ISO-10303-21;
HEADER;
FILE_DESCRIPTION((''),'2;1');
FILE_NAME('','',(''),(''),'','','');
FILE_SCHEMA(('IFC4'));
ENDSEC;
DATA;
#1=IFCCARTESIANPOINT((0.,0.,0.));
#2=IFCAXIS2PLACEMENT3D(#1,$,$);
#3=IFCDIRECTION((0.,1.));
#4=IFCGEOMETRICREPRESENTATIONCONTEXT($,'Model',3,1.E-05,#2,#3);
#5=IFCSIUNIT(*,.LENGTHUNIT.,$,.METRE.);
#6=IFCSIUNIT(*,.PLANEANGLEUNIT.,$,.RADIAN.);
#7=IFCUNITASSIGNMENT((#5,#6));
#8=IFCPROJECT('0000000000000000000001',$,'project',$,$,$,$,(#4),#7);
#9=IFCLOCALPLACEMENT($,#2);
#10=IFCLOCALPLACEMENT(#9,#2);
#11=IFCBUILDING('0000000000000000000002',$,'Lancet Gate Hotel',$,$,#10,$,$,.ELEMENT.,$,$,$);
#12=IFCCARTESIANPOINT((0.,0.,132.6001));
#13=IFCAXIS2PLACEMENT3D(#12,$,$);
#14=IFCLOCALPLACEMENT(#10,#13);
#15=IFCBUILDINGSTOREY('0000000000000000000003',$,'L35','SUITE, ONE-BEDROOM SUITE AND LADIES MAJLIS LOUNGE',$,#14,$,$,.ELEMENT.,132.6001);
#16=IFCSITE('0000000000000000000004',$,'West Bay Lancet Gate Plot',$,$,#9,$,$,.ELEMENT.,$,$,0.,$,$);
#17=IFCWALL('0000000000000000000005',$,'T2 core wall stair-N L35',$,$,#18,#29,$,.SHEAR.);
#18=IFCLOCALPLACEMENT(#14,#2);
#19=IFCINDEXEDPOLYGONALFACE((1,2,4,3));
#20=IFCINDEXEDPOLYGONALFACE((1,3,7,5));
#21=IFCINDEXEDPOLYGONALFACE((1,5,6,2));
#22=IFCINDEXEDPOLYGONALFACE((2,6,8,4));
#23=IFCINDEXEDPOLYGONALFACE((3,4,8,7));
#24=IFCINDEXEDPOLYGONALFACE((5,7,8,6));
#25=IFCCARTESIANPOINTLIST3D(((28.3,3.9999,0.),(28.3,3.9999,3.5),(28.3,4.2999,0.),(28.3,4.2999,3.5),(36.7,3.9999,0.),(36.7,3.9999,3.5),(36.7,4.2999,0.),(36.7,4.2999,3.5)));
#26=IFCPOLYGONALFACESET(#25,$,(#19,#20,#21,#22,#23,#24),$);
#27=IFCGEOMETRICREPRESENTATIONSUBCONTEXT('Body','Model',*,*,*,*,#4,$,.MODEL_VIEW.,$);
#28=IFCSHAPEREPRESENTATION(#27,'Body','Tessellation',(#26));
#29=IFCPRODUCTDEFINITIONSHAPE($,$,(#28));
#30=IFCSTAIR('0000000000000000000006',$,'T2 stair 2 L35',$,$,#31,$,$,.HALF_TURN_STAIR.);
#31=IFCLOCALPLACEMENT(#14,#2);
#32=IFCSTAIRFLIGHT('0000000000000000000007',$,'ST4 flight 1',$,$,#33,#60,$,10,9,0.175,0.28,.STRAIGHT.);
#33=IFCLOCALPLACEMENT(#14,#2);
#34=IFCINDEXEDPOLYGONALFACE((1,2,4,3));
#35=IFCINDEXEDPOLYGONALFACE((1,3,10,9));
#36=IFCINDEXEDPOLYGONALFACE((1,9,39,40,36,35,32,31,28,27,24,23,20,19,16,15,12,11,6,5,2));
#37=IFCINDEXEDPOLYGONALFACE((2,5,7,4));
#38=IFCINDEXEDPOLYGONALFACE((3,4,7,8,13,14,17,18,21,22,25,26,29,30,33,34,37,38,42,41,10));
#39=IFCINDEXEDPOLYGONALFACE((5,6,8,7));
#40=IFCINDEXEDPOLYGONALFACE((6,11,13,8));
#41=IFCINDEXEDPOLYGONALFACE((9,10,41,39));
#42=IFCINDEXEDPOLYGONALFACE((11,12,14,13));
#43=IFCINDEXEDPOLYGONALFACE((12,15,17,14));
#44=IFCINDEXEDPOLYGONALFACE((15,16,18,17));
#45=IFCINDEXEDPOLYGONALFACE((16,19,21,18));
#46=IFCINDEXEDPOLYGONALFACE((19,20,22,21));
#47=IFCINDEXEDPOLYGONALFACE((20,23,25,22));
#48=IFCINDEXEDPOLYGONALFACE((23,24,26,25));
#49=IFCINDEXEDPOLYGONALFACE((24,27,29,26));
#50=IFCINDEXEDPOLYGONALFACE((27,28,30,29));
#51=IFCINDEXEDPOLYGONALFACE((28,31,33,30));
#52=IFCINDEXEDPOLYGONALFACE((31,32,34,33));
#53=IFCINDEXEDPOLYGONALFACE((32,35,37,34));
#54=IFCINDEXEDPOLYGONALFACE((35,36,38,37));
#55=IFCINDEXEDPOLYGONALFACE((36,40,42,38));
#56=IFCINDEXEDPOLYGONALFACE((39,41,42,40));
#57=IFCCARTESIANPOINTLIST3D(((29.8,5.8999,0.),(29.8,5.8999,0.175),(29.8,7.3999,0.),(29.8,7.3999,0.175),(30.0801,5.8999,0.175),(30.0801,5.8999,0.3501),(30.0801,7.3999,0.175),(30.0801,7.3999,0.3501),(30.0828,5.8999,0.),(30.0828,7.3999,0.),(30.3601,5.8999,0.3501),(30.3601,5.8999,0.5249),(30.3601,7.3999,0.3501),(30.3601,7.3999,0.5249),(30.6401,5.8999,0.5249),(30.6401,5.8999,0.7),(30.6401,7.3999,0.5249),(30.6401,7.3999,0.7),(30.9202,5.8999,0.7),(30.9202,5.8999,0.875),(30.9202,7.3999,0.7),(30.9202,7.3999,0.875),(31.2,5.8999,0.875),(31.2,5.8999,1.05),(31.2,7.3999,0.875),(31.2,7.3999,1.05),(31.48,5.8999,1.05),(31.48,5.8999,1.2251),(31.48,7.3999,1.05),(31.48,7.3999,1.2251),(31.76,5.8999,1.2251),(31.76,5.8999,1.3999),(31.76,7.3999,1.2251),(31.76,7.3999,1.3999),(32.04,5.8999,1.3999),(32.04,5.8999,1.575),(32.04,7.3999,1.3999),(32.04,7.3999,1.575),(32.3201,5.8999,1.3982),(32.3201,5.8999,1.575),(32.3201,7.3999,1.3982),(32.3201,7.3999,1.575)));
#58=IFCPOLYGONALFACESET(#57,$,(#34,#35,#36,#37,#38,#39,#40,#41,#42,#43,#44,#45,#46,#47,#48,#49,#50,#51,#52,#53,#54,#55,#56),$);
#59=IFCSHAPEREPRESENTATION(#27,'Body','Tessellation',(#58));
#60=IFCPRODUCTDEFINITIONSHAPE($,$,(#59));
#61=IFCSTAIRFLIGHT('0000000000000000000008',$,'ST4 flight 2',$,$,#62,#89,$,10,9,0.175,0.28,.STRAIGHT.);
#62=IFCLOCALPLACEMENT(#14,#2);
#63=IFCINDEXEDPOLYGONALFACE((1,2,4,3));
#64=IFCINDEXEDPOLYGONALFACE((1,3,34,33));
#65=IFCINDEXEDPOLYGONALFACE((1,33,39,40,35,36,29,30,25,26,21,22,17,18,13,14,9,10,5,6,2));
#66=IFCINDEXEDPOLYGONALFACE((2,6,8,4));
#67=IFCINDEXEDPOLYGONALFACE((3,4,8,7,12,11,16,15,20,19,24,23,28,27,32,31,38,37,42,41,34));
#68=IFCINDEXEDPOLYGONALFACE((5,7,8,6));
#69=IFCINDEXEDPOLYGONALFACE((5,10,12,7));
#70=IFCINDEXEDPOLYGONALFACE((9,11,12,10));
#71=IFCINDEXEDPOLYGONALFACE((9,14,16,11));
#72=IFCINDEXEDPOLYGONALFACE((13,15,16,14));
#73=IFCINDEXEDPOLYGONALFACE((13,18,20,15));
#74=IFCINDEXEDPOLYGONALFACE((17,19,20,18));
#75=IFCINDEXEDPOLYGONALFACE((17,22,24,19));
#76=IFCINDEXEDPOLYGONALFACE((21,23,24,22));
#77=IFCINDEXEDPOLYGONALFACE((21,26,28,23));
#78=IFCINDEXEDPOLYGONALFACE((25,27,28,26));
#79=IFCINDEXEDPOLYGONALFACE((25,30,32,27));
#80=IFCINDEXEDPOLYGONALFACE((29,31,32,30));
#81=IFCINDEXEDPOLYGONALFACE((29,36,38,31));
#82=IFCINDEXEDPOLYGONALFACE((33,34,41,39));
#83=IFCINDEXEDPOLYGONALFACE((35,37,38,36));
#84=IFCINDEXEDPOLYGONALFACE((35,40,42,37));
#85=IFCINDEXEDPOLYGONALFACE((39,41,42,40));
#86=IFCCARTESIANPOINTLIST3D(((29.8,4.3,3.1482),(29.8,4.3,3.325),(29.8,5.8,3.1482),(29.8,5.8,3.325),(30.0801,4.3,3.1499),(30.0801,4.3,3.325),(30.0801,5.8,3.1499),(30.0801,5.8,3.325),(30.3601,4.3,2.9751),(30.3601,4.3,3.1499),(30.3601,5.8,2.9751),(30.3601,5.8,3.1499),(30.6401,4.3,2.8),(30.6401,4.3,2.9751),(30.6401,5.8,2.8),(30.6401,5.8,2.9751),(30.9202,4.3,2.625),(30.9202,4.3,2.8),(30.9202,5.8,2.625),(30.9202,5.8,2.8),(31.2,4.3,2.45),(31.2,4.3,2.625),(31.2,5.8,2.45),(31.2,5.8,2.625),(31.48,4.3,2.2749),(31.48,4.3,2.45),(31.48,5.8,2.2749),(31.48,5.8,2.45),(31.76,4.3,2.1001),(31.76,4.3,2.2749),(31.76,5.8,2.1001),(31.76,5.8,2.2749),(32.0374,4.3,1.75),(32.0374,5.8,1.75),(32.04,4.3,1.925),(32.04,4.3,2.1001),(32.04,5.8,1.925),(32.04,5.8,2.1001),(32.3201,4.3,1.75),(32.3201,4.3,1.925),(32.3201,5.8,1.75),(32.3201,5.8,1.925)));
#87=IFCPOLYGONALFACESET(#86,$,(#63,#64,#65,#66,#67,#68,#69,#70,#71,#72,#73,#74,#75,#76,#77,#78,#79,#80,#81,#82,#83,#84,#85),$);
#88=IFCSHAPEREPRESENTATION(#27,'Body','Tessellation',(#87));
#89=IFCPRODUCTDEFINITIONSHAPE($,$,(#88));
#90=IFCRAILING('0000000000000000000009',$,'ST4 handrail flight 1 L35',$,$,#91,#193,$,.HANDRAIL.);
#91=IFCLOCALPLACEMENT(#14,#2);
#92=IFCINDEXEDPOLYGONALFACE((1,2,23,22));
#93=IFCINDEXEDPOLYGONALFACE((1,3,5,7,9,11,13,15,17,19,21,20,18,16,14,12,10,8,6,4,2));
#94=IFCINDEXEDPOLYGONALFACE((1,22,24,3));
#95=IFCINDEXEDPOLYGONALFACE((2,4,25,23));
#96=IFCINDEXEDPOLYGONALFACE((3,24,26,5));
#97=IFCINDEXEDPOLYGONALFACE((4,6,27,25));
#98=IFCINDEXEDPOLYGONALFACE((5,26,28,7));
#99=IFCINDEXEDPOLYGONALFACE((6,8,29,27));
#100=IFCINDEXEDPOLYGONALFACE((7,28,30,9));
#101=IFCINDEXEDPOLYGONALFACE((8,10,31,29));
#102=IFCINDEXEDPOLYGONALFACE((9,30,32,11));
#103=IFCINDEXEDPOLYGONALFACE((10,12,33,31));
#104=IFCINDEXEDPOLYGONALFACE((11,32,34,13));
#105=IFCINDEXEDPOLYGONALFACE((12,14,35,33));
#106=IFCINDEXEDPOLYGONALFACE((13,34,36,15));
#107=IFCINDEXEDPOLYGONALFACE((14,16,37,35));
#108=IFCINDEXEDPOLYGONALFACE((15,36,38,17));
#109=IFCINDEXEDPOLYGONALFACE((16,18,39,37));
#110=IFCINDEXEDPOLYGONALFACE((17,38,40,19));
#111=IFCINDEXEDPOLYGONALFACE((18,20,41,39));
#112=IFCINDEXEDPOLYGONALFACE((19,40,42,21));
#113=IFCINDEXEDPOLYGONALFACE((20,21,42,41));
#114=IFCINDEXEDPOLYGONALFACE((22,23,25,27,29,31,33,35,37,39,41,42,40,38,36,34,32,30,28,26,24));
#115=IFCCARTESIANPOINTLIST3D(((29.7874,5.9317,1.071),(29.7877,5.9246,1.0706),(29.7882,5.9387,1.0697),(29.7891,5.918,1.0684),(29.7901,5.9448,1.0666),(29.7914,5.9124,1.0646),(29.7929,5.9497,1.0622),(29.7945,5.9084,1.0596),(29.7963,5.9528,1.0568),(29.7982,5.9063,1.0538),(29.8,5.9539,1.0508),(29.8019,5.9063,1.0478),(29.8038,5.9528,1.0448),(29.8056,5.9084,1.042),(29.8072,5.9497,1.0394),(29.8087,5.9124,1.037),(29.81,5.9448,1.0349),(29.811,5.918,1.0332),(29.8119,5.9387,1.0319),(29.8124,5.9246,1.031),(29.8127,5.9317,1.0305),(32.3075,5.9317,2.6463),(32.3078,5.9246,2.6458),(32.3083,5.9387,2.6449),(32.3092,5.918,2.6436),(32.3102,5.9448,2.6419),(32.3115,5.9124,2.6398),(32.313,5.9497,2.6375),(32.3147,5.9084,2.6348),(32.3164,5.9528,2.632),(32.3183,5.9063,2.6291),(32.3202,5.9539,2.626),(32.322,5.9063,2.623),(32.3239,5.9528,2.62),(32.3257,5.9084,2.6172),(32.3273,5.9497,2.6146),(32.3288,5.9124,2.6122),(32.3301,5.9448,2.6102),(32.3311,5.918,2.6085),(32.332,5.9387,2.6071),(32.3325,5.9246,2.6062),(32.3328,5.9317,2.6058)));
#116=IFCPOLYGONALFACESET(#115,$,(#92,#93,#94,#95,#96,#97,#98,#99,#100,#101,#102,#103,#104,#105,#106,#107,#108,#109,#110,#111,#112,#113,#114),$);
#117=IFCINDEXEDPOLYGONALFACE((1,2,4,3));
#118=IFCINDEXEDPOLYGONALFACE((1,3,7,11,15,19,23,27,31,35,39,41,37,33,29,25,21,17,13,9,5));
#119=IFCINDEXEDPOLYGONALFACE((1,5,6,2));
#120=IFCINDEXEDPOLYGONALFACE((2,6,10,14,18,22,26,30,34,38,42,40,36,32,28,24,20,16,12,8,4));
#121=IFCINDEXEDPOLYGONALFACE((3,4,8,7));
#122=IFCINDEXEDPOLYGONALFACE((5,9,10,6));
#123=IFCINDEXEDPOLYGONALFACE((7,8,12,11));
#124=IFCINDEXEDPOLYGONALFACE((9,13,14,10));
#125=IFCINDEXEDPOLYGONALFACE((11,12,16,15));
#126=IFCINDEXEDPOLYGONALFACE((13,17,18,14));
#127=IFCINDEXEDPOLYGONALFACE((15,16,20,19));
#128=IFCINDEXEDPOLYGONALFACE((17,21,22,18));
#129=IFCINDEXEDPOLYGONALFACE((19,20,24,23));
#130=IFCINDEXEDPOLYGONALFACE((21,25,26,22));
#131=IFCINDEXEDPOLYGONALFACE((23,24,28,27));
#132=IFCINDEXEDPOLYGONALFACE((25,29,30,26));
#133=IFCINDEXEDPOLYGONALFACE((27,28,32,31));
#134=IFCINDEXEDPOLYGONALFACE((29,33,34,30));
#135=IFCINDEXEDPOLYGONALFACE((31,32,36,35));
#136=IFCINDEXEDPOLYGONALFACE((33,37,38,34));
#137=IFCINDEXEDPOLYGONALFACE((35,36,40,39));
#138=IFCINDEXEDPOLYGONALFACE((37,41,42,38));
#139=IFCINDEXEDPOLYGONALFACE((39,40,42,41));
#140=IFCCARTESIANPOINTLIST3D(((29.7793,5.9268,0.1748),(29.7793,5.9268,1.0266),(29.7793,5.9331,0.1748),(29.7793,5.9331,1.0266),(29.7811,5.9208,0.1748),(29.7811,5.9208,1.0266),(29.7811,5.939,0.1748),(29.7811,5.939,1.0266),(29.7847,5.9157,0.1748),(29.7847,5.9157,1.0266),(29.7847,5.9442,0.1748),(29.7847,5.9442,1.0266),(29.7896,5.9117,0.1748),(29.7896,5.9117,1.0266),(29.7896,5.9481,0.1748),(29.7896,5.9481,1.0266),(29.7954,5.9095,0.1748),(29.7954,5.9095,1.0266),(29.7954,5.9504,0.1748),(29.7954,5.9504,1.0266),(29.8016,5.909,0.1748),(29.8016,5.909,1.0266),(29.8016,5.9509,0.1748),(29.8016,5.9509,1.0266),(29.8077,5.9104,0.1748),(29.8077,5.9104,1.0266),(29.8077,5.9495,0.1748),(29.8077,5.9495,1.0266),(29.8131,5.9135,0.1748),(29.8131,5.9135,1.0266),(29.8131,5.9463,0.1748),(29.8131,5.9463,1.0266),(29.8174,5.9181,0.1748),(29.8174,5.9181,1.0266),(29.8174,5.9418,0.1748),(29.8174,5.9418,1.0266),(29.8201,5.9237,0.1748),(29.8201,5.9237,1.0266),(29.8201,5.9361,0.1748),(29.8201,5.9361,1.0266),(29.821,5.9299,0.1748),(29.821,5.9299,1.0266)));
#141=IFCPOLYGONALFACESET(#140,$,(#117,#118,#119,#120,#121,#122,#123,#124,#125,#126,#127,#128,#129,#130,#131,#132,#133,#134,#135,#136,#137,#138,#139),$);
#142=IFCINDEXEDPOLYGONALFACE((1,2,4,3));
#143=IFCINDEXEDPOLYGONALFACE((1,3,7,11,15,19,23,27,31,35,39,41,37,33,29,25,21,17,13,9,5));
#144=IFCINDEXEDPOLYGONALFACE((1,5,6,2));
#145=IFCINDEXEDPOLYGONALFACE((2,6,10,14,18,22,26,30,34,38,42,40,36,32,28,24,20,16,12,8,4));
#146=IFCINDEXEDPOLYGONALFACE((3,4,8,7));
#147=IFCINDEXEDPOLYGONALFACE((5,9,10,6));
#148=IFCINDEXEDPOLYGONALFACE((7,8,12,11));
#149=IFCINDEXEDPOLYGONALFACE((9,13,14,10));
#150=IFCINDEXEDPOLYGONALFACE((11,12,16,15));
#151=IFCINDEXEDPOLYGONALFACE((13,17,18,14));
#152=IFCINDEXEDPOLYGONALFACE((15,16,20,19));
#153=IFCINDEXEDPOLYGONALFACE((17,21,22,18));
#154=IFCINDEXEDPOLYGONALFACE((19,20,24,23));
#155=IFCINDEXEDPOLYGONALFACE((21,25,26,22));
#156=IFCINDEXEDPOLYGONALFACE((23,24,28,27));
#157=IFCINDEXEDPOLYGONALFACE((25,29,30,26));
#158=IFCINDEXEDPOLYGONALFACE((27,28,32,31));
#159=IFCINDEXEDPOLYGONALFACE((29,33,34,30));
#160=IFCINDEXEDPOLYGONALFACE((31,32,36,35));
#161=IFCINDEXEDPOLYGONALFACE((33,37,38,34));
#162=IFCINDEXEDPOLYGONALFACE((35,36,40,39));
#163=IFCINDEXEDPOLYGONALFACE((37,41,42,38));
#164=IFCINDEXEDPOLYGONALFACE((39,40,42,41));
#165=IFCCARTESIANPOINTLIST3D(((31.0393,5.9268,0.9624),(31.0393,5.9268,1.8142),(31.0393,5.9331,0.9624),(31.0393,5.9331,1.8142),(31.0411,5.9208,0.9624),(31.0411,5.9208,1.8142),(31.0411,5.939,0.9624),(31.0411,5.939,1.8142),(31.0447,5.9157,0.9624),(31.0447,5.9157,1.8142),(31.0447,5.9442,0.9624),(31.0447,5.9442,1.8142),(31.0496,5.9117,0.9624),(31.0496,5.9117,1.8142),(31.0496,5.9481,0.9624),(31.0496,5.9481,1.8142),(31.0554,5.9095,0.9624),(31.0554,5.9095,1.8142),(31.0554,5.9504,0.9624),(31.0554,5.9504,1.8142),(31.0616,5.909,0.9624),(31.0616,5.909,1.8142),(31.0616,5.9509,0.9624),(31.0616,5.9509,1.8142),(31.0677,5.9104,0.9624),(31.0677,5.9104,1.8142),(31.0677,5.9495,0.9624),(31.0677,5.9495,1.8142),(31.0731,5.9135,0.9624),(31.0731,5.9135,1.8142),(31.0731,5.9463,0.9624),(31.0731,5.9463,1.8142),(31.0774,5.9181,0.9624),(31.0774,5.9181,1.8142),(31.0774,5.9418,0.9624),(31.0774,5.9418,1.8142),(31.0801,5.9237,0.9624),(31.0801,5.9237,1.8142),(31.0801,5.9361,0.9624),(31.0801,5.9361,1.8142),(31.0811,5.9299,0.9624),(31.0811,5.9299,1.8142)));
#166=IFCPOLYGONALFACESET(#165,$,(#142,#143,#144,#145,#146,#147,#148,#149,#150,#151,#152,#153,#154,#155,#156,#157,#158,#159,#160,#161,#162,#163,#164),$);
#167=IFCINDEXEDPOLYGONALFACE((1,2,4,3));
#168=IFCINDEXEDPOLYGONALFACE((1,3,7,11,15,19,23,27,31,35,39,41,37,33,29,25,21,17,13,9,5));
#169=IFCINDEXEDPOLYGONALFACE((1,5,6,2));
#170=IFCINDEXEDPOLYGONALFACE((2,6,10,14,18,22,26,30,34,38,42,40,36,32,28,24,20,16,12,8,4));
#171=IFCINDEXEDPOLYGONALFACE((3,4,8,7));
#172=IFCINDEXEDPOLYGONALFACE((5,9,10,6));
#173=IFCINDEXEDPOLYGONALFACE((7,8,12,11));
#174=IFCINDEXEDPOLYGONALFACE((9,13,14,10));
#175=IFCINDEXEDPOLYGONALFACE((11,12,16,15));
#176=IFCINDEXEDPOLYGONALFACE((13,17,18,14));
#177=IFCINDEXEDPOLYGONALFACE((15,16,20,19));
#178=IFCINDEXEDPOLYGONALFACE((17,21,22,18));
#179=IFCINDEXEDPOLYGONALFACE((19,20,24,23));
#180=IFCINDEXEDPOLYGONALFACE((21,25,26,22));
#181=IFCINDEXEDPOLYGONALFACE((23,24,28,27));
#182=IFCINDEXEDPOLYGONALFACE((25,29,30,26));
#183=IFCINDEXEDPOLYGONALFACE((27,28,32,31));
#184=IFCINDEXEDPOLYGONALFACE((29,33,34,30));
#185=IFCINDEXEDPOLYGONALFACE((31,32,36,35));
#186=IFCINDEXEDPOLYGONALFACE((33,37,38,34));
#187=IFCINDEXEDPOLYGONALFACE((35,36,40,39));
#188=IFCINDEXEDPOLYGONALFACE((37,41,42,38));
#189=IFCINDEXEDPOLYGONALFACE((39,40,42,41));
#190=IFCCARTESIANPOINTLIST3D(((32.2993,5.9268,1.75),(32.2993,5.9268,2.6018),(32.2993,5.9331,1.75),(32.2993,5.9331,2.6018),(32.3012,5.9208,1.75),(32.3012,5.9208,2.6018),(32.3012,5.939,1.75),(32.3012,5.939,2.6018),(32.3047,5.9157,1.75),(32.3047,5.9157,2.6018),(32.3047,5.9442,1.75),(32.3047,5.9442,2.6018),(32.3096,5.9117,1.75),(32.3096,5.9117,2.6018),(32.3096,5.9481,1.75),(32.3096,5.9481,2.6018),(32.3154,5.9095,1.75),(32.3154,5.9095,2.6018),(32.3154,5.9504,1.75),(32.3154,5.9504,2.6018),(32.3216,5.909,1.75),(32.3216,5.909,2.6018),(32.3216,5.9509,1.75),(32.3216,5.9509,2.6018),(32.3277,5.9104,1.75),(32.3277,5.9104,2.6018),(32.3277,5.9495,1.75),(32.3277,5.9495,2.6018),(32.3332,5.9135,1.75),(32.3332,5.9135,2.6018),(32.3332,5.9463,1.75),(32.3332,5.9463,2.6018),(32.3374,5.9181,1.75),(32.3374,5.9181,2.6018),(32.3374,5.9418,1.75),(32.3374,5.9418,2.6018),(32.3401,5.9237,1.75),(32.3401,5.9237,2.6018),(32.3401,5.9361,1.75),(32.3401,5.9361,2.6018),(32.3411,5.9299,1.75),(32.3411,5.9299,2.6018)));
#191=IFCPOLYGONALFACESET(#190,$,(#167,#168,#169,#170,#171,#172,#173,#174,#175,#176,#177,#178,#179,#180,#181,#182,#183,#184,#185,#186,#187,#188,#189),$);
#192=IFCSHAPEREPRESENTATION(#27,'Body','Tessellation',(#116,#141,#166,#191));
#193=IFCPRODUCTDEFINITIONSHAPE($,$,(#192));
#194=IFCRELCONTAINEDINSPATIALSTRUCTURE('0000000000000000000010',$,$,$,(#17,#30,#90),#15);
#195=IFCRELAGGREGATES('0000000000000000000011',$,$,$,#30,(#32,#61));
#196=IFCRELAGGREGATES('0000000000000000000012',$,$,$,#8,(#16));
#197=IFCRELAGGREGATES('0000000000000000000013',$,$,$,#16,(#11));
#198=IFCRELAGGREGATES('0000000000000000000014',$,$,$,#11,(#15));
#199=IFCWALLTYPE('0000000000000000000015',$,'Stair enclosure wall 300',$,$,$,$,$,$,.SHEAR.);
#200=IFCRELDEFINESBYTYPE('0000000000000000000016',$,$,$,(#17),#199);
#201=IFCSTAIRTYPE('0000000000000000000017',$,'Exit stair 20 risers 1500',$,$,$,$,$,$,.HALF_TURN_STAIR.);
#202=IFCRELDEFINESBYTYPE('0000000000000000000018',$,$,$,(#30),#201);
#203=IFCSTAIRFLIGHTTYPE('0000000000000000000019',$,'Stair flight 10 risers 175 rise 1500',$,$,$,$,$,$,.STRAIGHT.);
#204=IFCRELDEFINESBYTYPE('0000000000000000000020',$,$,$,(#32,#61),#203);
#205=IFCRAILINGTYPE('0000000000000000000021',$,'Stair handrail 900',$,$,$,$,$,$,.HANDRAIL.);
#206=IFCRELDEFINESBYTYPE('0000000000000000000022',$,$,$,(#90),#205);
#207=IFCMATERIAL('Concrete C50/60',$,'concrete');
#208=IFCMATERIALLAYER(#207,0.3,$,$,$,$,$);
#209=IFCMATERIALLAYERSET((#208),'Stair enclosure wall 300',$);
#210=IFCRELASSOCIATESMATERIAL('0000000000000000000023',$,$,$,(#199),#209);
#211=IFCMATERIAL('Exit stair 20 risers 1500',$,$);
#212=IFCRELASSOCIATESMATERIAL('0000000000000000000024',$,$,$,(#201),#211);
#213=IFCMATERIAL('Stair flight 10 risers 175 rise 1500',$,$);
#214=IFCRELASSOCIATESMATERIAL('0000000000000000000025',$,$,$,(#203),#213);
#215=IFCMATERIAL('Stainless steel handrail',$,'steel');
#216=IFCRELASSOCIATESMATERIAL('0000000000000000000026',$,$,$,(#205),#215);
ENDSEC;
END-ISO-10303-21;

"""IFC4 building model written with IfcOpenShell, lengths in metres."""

from ifc_helpers import new_model, si_unit, direction, frame, frame_2d, origin, origin_2d, place, context, subcontext, project, spatial, polyline, rectangle, circle, outline, extrude, material, layer, layer_set, type_object, element, aggregate, save


model = new_model("IFC4")

# Units and contexts
model_context = context("Model", 3, precision=1e-05, world=origin(), true_north=direction((0.0, 1.0)))
body_context = subcontext(model_context, "Body", "Model", "MODEL_VIEW")
ifc_project = project(units=[si_unit("LENGTHUNIT", "METRE"), si_unit("PLANEANGLEUNIT", "RADIAN")], contexts=[model_context])

# Site, building, storey
site_placement = place(None, origin())
site = spatial("IfcSite", under=ifc_project, at=site_placement, Name="West Bay Lancet Gate Plot", CompositionType="ELEMENT", RefElevation=0.0)
building_placement = place(site_placement, origin())
building = spatial("IfcBuilding", under=site, at=building_placement, Name="Lancet Gate Hotel", CompositionType="ELEMENT")
storey_placement = place(building_placement, frame((0.0, 0.0, 132.6001)))
storey = spatial("IfcBuildingStorey", under=building, at=storey_placement, Name="L35", Description="SUITE, ONE-BEDROOM SUITE AND LADIES MAJLIS LOUNGE", CompositionType="ELEMENT", Elevation=132.6001)

# Wall
ifc_material_1 = material(Name="Concrete C50/60", Category="concrete")
ifc_layer_1 = layer(ifc_material_1, 0.3)
ifc_layer_set_1 = layer_set([ifc_layer_1], Name="Stair enclosure wall 300")
wall_type_1 = type_object("IfcWallType", Name="Stair enclosure wall 300", PredefinedType="SHEAR", material=ifc_layer_set_1)
wall_1_placement = place(storey_placement, frame((28.3, 4.1499, 0.0), z_axis=(0.0, 0.0, 1.0), x_axis=(1.0, 0.0, 0.0)))
element("IfcWall", 1, at=wall_1_placement, inside=storey, type_object=wall_type_1, Name="T2 core wall stair-N L35", PredefinedType="SHEAR", context=body_context, shape_type="SweptSolid", body=[
    extrude(rectangle(XDim=8.3999, YDim=0.3, at=frame_2d((4.2, 0.0))), origin(), (0.0, 0.0, 1.0), 3.5),
])

# Stair, stair flights
ifc_material_2 = material(Name="Exit stair 20 risers 1500")
stair_type = type_object("IfcStairType", Name="Exit stair 20 risers 1500", PredefinedType="HALF_TURN_STAIR", material=ifc_material_2)
stair_placement = place(storey_placement, origin())
stair = element("IfcStair", 2, at=stair_placement, inside=storey, type_object=stair_type, Name="T2 stair 2 L35", PredefinedType="HALF_TURN_STAIR")
ifc_material_3 = material(Name="Stair flight 10 risers 175 rise 1500")
stair_flight_type = type_object("IfcStairFlightType", Name="Stair flight 10 risers 175 rise 1500", PredefinedType="STRAIGHT", material=ifc_material_3)
stair_flight_1_placement = place(storey_placement, frame((29.8, 6.6499, 0.0), z_axis=(0.0, 0.0, 1.0), x_axis=(1.0, 0.0, 0.0)))
stair_flight_1 = element("IfcStairFlight", 3, at=stair_flight_1_placement, type_object=stair_flight_type, Name="ST4 flight 1", NumberOfRisers=10, NumberOfTreads=9, PredefinedType="STRAIGHT", RiserHeight=0.175, TreadLength=0.28, context=body_context, shape_type="SweptSolid", body=[
    extrude(outline(polyline([(0.0, 0.0), (0.0, 0.175), (0.28, 0.175), (0.28, 0.3501), (0.5601, 0.3501), (0.5601, 0.5249), (0.8401, 0.5249), (0.8401, 0.7), (1.1201, 0.7), (1.1201, 0.875), (1.3999, 0.875), (1.3999, 1.05), (1.6799, 1.05), (1.6799, 1.2251), (1.96, 1.2251), (1.96, 1.3999), (2.24, 1.3999), (2.24, 1.575), (2.52, 1.575), (2.52, 1.75), (2.52, 1.3982), (0.2827, 0.0), (0.0, 0.0)])), frame((0.0, 0.75, 0.0), z_axis=(0.0, -1.0, 0.0), x_axis=(1.0, 0.0, 0.0)), (0.0, 0.0, 1.0), 1.5),
])
stair_flight_2_placement = place(storey_placement, frame((32.3201, 5.05, 1.75), z_axis=(0.0, 0.0, 1.0), x_axis=(-1.0, 0.0, 0.0)))
stair_flight_2 = element("IfcStairFlight", 4, at=stair_flight_2_placement, type_object=stair_flight_type, Name="ST4 flight 2", NumberOfRisers=10, NumberOfTreads=9, PredefinedType="STRAIGHT", RiserHeight=0.175, TreadLength=0.28, context=body_context, shape_type="SweptSolid", body=[
    extrude(outline(polyline([(0.0, 0.0), (0.0, 0.175), (0.28, 0.175), (0.28, 0.3501), (0.5601, 0.3501), (0.5601, 0.5249), (0.8401, 0.5249), (0.8401, 0.7), (1.1201, 0.7), (1.1201, 0.875), (1.3999, 0.875), (1.3999, 1.05), (1.6799, 1.05), (1.6799, 1.2251), (1.96, 1.2251), (1.96, 1.3999), (2.24, 1.3999), (2.24, 1.575), (2.52, 1.575), (2.52, 1.75), (2.52, 1.3982), (0.2827, 0.0), (0.0, 0.0)])), frame((0.0, 0.75, 0.0), z_axis=(0.0, -1.0, 0.0), x_axis=(1.0, 0.0, 0.0)), (0.0, 0.0, 1.0), 1.5),
])
aggregate(stair, [stair_flight_1, stair_flight_2])

# Railing
ifc_material_4 = material(Name="Stainless steel handrail", Category="steel")
railing_type = type_object("IfcRailingType", Name="Stair handrail 900", PredefinedType="HANDRAIL", material=ifc_material_4)
railing_1_placement = place(storey_placement, frame((29.8, 5.9299, 0.1748)))
element("IfcRailing", 5, at=railing_1_placement, inside=storey, type_object=railing_type, Name="ST4 handrail flight 1 L35", PredefinedType="HANDRAIL", context=body_context, shape_type="SweptSolid", body=[
    extrude(circle(Radius=0.0239, at=origin_2d()), frame((0.0, 0.0, 0.876), z_axis=(0.847971, 0.0, 0.530043), x_axis=(0.0, 1.0, 0.0)), (0.0, 0.0, 1.0), 2.9719),
    extrude(circle(Radius=0.021, at=origin_2d()), origin(), (0.0, 0.0, 1.0), 0.8518),
    extrude(circle(Radius=0.021, at=origin_2d()), frame((1.26, 0.0, 0.7876)), (0.0, 0.0, 1.0), 0.8518),
    extrude(circle(Radius=0.021, at=origin_2d()), frame((2.52, 0.0, 1.5752)), (0.0, 0.0, 1.0), 0.8518),
])

save(model, "model.ifc")
